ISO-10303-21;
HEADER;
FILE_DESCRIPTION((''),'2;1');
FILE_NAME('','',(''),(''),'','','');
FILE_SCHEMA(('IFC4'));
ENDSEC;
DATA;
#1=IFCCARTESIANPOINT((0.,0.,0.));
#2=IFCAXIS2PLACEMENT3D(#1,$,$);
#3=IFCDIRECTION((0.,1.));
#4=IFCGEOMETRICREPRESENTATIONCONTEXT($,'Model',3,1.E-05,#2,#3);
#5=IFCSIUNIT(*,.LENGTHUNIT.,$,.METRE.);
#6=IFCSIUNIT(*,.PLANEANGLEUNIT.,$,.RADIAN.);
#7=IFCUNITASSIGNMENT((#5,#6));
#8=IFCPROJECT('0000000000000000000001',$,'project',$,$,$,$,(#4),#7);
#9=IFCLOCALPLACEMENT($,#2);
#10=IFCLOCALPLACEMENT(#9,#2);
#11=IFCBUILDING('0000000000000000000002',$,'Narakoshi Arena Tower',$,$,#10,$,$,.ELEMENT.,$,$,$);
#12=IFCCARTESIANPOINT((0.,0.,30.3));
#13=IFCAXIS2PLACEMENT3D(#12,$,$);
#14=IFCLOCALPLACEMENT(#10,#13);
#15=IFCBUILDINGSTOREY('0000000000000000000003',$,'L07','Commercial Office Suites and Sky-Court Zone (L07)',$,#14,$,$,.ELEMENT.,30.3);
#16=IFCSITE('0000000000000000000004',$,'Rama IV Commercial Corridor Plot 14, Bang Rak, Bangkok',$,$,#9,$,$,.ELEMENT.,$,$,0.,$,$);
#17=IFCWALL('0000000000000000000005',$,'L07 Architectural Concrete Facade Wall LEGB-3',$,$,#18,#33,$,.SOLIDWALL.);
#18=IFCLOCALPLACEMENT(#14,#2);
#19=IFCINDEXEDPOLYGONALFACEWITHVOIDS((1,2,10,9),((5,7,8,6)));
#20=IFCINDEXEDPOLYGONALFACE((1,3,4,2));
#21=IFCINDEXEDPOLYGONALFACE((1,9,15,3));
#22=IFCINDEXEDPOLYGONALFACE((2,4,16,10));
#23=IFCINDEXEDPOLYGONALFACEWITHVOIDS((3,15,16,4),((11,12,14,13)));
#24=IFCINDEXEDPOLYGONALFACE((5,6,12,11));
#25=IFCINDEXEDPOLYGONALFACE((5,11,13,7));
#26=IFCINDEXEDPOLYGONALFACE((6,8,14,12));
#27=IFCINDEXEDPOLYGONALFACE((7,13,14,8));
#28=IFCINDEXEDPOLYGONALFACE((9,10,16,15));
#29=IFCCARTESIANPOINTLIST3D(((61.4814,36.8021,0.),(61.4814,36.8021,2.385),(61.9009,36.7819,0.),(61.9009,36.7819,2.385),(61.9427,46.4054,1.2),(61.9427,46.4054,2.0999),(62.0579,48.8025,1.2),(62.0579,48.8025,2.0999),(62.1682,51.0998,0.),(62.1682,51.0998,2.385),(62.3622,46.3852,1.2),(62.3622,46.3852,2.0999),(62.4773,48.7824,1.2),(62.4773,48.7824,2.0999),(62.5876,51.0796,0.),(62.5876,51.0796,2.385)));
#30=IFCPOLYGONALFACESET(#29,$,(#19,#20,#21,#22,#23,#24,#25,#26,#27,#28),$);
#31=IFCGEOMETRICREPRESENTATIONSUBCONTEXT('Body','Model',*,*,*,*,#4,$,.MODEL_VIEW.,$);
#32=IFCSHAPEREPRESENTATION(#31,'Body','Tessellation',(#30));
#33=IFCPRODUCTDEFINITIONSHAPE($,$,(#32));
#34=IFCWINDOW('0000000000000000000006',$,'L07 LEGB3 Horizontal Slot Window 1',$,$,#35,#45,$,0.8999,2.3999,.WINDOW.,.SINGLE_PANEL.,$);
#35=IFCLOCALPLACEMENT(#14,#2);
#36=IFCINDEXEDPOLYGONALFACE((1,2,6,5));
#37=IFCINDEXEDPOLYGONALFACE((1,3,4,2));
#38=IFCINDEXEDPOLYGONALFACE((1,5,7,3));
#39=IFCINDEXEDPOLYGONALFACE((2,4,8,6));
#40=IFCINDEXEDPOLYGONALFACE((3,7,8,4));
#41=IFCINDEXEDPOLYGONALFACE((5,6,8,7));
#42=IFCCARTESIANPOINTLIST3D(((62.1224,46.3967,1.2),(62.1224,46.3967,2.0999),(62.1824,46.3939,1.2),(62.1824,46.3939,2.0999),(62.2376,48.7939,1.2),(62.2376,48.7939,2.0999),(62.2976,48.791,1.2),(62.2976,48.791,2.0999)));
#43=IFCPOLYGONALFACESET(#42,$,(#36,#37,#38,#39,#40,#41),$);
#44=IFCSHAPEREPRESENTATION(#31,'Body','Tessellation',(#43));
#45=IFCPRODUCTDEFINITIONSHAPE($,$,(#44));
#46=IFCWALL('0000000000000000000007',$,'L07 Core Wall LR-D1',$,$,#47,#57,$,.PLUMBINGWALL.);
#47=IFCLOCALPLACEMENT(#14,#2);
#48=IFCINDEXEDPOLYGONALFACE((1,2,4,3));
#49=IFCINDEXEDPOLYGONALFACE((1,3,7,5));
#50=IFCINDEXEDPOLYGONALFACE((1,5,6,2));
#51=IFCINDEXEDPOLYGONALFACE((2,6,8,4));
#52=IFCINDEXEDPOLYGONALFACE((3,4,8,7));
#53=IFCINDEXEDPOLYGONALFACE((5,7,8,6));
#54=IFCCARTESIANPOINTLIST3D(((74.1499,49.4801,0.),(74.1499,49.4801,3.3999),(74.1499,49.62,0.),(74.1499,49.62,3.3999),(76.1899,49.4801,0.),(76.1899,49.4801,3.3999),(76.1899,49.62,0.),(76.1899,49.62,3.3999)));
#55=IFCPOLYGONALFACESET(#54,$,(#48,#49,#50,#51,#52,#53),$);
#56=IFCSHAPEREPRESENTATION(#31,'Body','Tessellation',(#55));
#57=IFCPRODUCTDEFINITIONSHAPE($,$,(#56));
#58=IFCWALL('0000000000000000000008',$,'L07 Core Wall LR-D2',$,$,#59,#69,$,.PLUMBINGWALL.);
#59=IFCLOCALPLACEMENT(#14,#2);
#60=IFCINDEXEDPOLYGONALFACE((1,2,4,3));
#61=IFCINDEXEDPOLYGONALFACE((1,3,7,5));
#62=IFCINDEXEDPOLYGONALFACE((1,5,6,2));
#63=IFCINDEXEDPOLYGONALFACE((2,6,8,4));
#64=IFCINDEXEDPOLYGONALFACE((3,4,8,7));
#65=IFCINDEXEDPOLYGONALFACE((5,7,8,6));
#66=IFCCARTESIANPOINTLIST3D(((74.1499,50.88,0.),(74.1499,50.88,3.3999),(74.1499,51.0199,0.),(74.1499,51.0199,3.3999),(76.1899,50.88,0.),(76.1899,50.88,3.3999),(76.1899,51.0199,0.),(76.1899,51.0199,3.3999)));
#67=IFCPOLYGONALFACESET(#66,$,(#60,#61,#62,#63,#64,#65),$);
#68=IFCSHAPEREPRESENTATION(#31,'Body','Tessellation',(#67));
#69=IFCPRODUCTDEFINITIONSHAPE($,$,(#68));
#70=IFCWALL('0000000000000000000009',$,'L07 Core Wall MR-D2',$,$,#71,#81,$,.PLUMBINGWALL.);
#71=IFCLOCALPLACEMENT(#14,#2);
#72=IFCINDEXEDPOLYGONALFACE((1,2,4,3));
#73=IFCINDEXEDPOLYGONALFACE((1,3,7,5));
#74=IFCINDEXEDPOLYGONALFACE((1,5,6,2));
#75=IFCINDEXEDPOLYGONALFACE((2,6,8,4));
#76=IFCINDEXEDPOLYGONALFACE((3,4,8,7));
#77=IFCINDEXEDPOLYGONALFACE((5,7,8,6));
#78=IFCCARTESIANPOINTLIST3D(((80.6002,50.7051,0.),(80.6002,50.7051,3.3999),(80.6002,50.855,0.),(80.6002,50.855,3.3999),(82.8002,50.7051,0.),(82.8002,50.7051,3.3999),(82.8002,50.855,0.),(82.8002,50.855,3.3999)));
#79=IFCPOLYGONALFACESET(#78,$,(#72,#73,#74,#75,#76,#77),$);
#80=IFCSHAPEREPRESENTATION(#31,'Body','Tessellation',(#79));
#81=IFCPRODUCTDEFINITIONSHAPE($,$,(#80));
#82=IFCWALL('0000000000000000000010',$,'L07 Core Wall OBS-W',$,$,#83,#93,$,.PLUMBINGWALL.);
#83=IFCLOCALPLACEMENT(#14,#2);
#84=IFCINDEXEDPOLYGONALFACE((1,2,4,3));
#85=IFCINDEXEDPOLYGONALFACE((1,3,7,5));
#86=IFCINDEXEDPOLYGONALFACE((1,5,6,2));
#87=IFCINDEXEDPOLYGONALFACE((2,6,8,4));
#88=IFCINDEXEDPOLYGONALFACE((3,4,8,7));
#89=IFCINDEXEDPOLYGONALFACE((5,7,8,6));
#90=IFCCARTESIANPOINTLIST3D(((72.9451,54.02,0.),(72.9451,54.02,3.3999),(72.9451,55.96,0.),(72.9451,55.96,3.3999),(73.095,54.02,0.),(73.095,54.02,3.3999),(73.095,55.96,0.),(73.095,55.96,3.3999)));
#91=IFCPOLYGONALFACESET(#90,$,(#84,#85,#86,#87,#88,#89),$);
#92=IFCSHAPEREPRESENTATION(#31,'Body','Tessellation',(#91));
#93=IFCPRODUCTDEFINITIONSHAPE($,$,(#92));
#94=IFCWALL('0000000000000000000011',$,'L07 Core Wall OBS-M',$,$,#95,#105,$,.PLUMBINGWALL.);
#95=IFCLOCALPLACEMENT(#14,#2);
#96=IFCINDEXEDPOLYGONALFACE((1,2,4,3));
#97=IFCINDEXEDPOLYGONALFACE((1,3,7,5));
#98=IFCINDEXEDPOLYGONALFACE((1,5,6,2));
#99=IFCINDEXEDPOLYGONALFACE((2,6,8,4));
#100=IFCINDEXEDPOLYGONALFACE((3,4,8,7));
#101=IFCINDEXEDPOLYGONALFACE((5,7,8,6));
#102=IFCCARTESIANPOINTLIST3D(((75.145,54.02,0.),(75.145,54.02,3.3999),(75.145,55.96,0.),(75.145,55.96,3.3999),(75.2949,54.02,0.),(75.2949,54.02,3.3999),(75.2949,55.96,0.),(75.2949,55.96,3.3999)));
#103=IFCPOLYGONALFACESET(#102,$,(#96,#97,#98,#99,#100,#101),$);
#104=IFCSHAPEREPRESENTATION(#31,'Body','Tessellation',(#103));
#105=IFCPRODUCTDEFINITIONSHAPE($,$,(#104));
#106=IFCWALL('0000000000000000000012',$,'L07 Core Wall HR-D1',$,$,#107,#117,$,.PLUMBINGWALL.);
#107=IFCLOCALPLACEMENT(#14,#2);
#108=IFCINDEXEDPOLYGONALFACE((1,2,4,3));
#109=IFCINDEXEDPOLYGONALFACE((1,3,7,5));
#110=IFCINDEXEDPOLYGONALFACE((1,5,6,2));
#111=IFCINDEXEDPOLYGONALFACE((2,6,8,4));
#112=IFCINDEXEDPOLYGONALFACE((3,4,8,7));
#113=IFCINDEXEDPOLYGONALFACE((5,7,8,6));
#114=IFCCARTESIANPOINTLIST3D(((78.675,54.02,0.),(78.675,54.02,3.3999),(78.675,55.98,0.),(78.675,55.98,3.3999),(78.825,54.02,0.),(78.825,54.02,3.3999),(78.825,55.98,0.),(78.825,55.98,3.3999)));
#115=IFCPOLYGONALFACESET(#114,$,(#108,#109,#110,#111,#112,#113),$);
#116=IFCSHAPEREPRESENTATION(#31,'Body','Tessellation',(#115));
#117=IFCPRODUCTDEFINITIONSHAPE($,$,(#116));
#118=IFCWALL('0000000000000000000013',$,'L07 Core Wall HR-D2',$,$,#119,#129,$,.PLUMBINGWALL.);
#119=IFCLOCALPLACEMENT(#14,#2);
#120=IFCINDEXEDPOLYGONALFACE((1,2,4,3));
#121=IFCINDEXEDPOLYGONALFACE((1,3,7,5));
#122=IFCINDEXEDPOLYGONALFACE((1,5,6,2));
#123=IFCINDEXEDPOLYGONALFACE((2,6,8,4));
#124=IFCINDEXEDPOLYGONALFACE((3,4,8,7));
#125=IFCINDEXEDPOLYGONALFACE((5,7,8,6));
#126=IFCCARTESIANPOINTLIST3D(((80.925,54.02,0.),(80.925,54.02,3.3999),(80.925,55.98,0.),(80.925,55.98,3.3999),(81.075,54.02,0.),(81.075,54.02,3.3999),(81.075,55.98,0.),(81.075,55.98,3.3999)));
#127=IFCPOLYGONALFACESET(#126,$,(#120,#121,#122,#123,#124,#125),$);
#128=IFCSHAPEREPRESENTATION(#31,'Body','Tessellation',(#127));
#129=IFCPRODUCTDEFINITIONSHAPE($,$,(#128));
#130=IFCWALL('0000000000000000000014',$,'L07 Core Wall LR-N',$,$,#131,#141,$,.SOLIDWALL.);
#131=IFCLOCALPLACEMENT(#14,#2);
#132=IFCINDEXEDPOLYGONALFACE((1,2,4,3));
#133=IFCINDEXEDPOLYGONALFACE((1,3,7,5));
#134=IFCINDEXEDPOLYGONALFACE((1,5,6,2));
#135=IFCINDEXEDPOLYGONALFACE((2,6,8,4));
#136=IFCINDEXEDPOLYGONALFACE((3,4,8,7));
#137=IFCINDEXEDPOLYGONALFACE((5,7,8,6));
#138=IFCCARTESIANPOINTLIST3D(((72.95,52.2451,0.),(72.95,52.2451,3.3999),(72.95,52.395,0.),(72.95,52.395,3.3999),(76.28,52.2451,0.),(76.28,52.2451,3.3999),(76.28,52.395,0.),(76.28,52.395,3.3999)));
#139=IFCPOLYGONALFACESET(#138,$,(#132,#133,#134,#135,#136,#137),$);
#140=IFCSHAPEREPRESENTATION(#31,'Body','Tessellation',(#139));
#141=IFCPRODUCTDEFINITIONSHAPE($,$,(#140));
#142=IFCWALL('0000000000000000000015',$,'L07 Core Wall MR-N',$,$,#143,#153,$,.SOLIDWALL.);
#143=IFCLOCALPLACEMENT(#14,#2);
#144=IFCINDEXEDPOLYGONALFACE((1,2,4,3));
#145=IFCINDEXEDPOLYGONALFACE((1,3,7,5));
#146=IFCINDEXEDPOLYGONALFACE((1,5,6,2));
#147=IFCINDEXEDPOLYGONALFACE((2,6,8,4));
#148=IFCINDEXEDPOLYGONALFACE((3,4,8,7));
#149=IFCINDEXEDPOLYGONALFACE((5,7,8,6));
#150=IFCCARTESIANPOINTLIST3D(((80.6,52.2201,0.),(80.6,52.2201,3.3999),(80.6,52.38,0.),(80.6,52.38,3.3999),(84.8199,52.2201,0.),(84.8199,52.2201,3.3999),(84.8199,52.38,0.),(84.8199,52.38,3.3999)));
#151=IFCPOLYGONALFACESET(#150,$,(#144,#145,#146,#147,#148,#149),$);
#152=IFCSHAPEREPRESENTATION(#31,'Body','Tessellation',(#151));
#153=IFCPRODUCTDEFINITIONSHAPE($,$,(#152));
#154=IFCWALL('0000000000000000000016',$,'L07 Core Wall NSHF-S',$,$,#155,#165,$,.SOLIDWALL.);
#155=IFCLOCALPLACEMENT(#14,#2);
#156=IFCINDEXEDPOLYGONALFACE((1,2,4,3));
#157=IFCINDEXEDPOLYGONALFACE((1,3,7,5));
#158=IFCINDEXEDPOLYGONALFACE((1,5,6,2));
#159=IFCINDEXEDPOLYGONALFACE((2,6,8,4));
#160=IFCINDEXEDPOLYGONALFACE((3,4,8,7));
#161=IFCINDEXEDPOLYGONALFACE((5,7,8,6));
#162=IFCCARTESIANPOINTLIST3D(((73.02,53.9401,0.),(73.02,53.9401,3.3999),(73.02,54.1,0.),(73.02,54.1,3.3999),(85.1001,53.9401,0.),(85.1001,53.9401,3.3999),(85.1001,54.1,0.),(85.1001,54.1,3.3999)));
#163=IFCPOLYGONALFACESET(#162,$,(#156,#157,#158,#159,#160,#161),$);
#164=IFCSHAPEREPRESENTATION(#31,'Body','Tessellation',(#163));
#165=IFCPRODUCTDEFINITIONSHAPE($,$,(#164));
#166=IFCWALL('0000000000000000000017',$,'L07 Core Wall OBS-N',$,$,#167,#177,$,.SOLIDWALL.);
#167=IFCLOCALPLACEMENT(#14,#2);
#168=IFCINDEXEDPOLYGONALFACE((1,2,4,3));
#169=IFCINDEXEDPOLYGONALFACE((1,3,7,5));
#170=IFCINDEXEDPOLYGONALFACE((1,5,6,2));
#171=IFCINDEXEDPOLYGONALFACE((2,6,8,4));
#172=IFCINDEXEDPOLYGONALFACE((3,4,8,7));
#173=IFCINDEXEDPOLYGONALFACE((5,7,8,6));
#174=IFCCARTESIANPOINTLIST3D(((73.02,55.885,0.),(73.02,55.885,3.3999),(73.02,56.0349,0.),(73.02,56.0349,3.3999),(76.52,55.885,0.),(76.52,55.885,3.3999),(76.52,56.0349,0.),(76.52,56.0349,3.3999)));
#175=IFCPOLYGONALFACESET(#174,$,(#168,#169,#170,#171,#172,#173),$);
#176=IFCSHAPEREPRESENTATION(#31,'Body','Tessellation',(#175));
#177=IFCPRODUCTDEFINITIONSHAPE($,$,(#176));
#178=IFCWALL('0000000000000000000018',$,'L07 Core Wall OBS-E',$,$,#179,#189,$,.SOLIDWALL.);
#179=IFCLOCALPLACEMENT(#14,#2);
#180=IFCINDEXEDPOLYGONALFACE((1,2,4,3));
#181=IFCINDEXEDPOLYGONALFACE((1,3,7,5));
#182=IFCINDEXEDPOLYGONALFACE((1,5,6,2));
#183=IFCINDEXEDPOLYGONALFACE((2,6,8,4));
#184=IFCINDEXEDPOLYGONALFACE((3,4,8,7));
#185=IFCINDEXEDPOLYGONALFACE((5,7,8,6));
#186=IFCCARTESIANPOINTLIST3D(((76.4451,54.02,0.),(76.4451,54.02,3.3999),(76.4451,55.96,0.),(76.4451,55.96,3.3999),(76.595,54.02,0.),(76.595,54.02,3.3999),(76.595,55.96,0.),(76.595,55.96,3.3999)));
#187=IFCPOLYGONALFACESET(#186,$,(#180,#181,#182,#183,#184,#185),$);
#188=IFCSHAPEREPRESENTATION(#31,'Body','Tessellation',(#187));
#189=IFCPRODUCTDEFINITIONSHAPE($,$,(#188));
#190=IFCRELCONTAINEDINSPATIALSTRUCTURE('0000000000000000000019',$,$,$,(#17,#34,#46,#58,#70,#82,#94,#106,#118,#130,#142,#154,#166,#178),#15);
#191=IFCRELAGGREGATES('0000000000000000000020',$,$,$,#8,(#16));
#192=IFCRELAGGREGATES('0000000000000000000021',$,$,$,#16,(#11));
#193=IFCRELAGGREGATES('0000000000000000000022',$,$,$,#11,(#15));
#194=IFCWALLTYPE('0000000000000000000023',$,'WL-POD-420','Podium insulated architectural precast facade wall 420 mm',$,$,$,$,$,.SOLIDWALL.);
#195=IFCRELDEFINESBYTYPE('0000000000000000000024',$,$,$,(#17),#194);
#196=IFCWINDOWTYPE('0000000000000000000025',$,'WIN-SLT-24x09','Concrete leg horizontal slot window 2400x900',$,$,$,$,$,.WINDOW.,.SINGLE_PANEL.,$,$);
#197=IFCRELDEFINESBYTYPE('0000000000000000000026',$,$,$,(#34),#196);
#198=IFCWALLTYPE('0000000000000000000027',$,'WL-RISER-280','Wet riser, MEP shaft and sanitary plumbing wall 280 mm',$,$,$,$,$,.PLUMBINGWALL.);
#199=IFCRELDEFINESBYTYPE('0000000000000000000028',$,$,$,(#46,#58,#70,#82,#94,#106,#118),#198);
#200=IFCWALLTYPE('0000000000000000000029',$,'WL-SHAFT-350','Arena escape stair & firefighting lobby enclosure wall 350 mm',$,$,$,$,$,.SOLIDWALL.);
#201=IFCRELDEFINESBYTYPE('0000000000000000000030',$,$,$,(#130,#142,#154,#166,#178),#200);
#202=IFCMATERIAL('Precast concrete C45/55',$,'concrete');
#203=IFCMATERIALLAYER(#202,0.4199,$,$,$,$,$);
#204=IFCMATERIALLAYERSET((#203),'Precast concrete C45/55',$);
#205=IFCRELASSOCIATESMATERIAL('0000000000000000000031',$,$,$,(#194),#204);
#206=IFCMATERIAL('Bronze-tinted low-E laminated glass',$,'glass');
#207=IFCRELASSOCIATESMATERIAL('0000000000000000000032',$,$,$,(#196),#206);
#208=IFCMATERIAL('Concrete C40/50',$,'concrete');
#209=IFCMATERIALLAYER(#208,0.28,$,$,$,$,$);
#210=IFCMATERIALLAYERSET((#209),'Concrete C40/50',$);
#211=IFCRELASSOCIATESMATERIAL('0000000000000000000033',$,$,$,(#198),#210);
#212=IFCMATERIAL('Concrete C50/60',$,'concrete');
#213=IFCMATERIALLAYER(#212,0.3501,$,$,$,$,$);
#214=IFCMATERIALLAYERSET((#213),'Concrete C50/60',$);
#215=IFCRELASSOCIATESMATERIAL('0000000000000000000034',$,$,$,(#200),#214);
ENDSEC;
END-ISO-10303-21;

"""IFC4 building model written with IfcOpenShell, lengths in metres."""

from ifc_helpers import new_model, si_unit, direction, frame, frame_2d, origin, place, context, subcontext, project, spatial, rectangle, extrude, material, layer, layer_set, type_object, element, fill, save


model = new_model("IFC4")

# Units and contexts
model_context = context("Model", 3, precision=1e-05, world=origin(), true_north=direction((0.0, 1.0)))
body_context = subcontext(model_context, "Body", "Model", "MODEL_VIEW")
ifc_project = project(units=[si_unit("LENGTHUNIT", "METRE"), si_unit("PLANEANGLEUNIT", "RADIAN")], contexts=[model_context])

# Site, building, storey
site_placement = place(None, origin())
site = spatial("IfcSite", under=ifc_project, at=site_placement, Name="Rama IV Commercial Corridor Plot 14, Bang Rak, Bangkok", CompositionType="ELEMENT", RefElevation=0.0)
building_placement = place(site_placement, origin())
building = spatial("IfcBuilding", under=site, at=building_placement, Name="Narakoshi Arena Tower", CompositionType="ELEMENT")
storey_placement = place(building_placement, frame((0.0, 0.0, 30.3)))
storey = spatial("IfcBuildingStorey", under=building, at=storey_placement, Name="L07", Description="Commercial Office Suites and Sky-Court Zone (L07)", CompositionType="ELEMENT", Elevation=30.3)

# Wall, opening, window
ifc_material_1 = material(Name="Precast concrete C45/55", Category="concrete")
ifc_layer_1 = layer(ifc_material_1, 0.4199)
ifc_layer_set_1 = layer_set([ifc_layer_1], Name="Precast concrete C45/55")
wall_type_1 = type_object("IfcWallType", Name="WL-POD-420", Description="Podium insulated architectural precast facade wall 420 mm", PredefinedType="SOLIDWALL", material=ifc_layer_set_1)
wall_1_placement = place(storey_placement, frame((62.3779, 51.0898, 0.0), z_axis=(0.0, 0.0, 1.0), x_axis=(-0.047978, -0.998848, 0.0)))
wall_1 = element("IfcWall", 1, at=wall_1_placement, inside=storey, type_object=wall_type_1, Name="L07 Architectural Concrete Facade Wall LEGB-3", PredefinedType="SOLIDWALL", context=body_context, shape_type="SweptSolid", body=[
    extrude(rectangle(XDim=14.3142, YDim=0.4199, at=frame_2d((7.1572, 0.0))), origin(), (0.0, 0.0, 1.0), 2.385),
])
opening_1_placement = place(wall_1_placement, frame((2.3, 0.0, 1.2)))
opening_1 = element("IfcOpeningElement", 2, at=opening_1_placement, cuts=wall_1, PredefinedType="OPENING", context=body_context, shape_type="SweptSolid", body=[
    extrude(rectangle(XDim=2.3999, YDim=0.8999, at=frame_2d((1.2, 0.45))), frame((0.0, 0.22, 0.0), z_axis=(0.0, -1.0, 0.0), x_axis=(1.0, 0.0, 0.0)), (0.0, 0.0, 1.0), 0.4399),
])
ifc_material_2 = material(Name="Bronze-tinted low-E laminated glass", Category="glass")
window_type = type_object("IfcWindowType", Name="WIN-SLT-24x09", Description="Concrete leg horizontal slot window 2400x900", PartitioningType="SINGLE_PANEL", PredefinedType="WINDOW", material=ifc_material_2)
window_placement = place(opening_1_placement, origin())
window = element("IfcWindow", 3, at=window_placement, inside=storey, type_object=window_type, Name="L07 LEGB3 Horizontal Slot Window 1", OverallHeight=0.8999, OverallWidth=2.3999, PartitioningType="SINGLE_PANEL", PredefinedType="WINDOW", context=body_context, shape_type="SweptSolid", body=[
    extrude(rectangle(XDim=2.3999, YDim=0.8999, at=frame_2d((1.2, 0.45))), frame((0.0, 0.03, 0.0), z_axis=(0.0, -1.0, 0.0), x_axis=(1.0, 0.0, 0.0)), (0.0, 0.0, 1.0), 0.0601),
])
fill(opening_1, window)

# Walls
ifc_material_3 = material(Name="Concrete C40/50", Category="concrete")
ifc_layer_2 = layer(ifc_material_3, 0.28)
ifc_layer_set_2 = layer_set([ifc_layer_2], Name="Concrete C40/50")
wall_type_2 = type_object("IfcWallType", Name="WL-RISER-280", Description="Wet riser, MEP shaft and sanitary plumbing wall 280 mm", PredefinedType="PLUMBINGWALL", material=ifc_layer_set_2)
for number, where, z_axis, x_axis, name in (
    (4, (74.1499, 49.55, 0.0), (0.0, 0.0, 1.0), (1.0, 0.0, 0.0), "L07 Core Wall LR-D1"),
    (5, (74.1499, 50.95, 0.0), (0.0, 0.0, 1.0), (1.0, 0.0, 0.0), "L07 Core Wall LR-D2"),
):
    element("IfcWall", number, at=place(storey_placement, frame(where, z_axis=z_axis, x_axis=x_axis)), inside=storey, type_object=wall_type_2, Name=name, PredefinedType="PLUMBINGWALL", context=body_context, shape_type="SweptSolid", body=[
        extrude(rectangle(XDim=2.04, YDim=0.1399, at=frame_2d((1.02, 0.0))), origin(), (0.0, 0.0, 1.0), 3.3999),
    ])
wall_2_placement = place(storey_placement, frame((80.6001, 50.78, 0.0), z_axis=(0.0, 0.0, 1.0), x_axis=(1.0, 0.0, 0.0)))
element("IfcWall", 6, at=wall_2_placement, inside=storey, type_object=wall_type_2, Name="L07 Core Wall MR-D2", PredefinedType="PLUMBINGWALL", context=body_context, shape_type="SweptSolid", body=[
    extrude(rectangle(XDim=2.2, YDim=0.1499, at=frame_2d((1.1001, 0.0))), origin(), (0.0, 0.0, 1.0), 3.3999),
])
for number, where, z_axis, x_axis, name in (
    (7, (73.02, 54.02, 0.0), (0.0, 0.0, 1.0), (0.0, 1.0, 0.0), "L07 Core Wall OBS-W"),
    (8, (75.22, 54.02, 0.0), (0.0, 0.0, 1.0), (0.0, 1.0, 0.0), "L07 Core Wall OBS-M"),
):
    element("IfcWall", number, at=place(storey_placement, frame(where, z_axis=z_axis, x_axis=x_axis)), inside=storey, type_object=wall_type_2, Name=name, PredefinedType="PLUMBINGWALL", context=body_context, shape_type="SweptSolid", body=[
        extrude(rectangle(XDim=1.9399, YDim=0.1499, at=frame_2d((0.97, 0.0))), origin(), (0.0, 0.0, 1.0), 3.3999),
    ])
for number, where, z_axis, x_axis, name in (
    (9, (78.75, 54.02, 0.0), (0.0, 0.0, 1.0), (0.0, 1.0, 0.0), "L07 Core Wall HR-D1"),
    (10, (81.0, 54.02, 0.0), (0.0, 0.0, 1.0), (0.0, 1.0, 0.0), "L07 Core Wall HR-D2"),
):
    element("IfcWall", number, at=place(storey_placement, frame(where, z_axis=z_axis, x_axis=x_axis)), inside=storey, type_object=wall_type_2, Name=name, PredefinedType="PLUMBINGWALL", context=body_context, shape_type="SweptSolid", body=[
        extrude(rectangle(XDim=1.96, YDim=0.1499, at=frame_2d((0.98, 0.0))), origin(), (0.0, 0.0, 1.0), 3.3999),
    ])
ifc_material_4 = material(Name="Concrete C50/60", Category="concrete")
ifc_layer_3 = layer(ifc_material_4, 0.3501)
ifc_layer_set_3 = layer_set([ifc_layer_3], Name="Concrete C50/60")
wall_type_3 = type_object("IfcWallType", Name="WL-SHAFT-350", Description="Arena escape stair & firefighting lobby enclosure wall 350 mm", PredefinedType="SOLIDWALL", material=ifc_layer_set_3)
wall_3_placement = place(storey_placement, frame((72.95, 52.3201, 0.0), z_axis=(0.0, 0.0, 1.0), x_axis=(1.0, 0.0, 0.0)))
element("IfcWall", 11, at=wall_3_placement, inside=storey, type_object=wall_type_3, Name="L07 Core Wall LR-N", PredefinedType="SOLIDWALL", context=body_context, shape_type="SweptSolid", body=[
    extrude(rectangle(XDim=3.3301, YDim=0.1499, at=frame_2d((1.665, 0.0))), origin(), (0.0, 0.0, 1.0), 3.3999),
])
wall_4_placement = place(storey_placement, frame((80.6001, 52.3, 0.0), z_axis=(0.0, 0.0, 1.0), x_axis=(1.0, 0.0, 0.0)))
element("IfcWall", 12, at=wall_4_placement, inside=storey, type_object=wall_type_3, Name="L07 Core Wall MR-N", PredefinedType="SOLIDWALL", context=body_context, shape_type="SweptSolid", body=[
    extrude(rectangle(XDim=4.22, YDim=0.1599, at=frame_2d((2.1099, 0.0))), origin(), (0.0, 0.0, 1.0), 3.3999),
])
wall_5_placement = place(storey_placement, frame((73.02, 54.02, 0.0), z_axis=(0.0, 0.0, 1.0), x_axis=(1.0, 0.0, 0.0)))
element("IfcWall", 13, at=wall_5_placement, inside=storey, type_object=wall_type_3, Name="L07 Core Wall NSHF-S", PredefinedType="SOLIDWALL", context=body_context, shape_type="SweptSolid", body=[
    extrude(rectangle(XDim=12.0801, YDim=0.1599, at=frame_2d((6.04, 0.0))), origin(), (0.0, 0.0, 1.0), 3.3999),
])
wall_6_placement = place(storey_placement, frame((73.02, 55.96, 0.0), z_axis=(0.0, 0.0, 1.0), x_axis=(1.0, 0.0, 0.0)))
element("IfcWall", 14, at=wall_6_placement, inside=storey, type_object=wall_type_3, Name="L07 Core Wall OBS-N", PredefinedType="SOLIDWALL", context=body_context, shape_type="SweptSolid", body=[
    extrude(rectangle(XDim=3.5, YDim=0.1499, at=frame_2d((1.75, 0.0))), origin(), (0.0, 0.0, 1.0), 3.3999),
])
wall_7_placement = place(storey_placement, frame((76.52, 54.02, 0.0), z_axis=(0.0, 0.0, 1.0), x_axis=(0.0, 1.0, 0.0)))
element("IfcWall", 15, at=wall_7_placement, inside=storey, type_object=wall_type_3, Name="L07 Core Wall OBS-E", PredefinedType="SOLIDWALL", context=body_context, shape_type="SweptSolid", body=[
    extrude(rectangle(XDim=1.9399, YDim=0.1499, at=frame_2d((0.97, 0.0))), origin(), (0.0, 0.0, 1.0), 3.3999),
])

save(model, "model.ifc")
